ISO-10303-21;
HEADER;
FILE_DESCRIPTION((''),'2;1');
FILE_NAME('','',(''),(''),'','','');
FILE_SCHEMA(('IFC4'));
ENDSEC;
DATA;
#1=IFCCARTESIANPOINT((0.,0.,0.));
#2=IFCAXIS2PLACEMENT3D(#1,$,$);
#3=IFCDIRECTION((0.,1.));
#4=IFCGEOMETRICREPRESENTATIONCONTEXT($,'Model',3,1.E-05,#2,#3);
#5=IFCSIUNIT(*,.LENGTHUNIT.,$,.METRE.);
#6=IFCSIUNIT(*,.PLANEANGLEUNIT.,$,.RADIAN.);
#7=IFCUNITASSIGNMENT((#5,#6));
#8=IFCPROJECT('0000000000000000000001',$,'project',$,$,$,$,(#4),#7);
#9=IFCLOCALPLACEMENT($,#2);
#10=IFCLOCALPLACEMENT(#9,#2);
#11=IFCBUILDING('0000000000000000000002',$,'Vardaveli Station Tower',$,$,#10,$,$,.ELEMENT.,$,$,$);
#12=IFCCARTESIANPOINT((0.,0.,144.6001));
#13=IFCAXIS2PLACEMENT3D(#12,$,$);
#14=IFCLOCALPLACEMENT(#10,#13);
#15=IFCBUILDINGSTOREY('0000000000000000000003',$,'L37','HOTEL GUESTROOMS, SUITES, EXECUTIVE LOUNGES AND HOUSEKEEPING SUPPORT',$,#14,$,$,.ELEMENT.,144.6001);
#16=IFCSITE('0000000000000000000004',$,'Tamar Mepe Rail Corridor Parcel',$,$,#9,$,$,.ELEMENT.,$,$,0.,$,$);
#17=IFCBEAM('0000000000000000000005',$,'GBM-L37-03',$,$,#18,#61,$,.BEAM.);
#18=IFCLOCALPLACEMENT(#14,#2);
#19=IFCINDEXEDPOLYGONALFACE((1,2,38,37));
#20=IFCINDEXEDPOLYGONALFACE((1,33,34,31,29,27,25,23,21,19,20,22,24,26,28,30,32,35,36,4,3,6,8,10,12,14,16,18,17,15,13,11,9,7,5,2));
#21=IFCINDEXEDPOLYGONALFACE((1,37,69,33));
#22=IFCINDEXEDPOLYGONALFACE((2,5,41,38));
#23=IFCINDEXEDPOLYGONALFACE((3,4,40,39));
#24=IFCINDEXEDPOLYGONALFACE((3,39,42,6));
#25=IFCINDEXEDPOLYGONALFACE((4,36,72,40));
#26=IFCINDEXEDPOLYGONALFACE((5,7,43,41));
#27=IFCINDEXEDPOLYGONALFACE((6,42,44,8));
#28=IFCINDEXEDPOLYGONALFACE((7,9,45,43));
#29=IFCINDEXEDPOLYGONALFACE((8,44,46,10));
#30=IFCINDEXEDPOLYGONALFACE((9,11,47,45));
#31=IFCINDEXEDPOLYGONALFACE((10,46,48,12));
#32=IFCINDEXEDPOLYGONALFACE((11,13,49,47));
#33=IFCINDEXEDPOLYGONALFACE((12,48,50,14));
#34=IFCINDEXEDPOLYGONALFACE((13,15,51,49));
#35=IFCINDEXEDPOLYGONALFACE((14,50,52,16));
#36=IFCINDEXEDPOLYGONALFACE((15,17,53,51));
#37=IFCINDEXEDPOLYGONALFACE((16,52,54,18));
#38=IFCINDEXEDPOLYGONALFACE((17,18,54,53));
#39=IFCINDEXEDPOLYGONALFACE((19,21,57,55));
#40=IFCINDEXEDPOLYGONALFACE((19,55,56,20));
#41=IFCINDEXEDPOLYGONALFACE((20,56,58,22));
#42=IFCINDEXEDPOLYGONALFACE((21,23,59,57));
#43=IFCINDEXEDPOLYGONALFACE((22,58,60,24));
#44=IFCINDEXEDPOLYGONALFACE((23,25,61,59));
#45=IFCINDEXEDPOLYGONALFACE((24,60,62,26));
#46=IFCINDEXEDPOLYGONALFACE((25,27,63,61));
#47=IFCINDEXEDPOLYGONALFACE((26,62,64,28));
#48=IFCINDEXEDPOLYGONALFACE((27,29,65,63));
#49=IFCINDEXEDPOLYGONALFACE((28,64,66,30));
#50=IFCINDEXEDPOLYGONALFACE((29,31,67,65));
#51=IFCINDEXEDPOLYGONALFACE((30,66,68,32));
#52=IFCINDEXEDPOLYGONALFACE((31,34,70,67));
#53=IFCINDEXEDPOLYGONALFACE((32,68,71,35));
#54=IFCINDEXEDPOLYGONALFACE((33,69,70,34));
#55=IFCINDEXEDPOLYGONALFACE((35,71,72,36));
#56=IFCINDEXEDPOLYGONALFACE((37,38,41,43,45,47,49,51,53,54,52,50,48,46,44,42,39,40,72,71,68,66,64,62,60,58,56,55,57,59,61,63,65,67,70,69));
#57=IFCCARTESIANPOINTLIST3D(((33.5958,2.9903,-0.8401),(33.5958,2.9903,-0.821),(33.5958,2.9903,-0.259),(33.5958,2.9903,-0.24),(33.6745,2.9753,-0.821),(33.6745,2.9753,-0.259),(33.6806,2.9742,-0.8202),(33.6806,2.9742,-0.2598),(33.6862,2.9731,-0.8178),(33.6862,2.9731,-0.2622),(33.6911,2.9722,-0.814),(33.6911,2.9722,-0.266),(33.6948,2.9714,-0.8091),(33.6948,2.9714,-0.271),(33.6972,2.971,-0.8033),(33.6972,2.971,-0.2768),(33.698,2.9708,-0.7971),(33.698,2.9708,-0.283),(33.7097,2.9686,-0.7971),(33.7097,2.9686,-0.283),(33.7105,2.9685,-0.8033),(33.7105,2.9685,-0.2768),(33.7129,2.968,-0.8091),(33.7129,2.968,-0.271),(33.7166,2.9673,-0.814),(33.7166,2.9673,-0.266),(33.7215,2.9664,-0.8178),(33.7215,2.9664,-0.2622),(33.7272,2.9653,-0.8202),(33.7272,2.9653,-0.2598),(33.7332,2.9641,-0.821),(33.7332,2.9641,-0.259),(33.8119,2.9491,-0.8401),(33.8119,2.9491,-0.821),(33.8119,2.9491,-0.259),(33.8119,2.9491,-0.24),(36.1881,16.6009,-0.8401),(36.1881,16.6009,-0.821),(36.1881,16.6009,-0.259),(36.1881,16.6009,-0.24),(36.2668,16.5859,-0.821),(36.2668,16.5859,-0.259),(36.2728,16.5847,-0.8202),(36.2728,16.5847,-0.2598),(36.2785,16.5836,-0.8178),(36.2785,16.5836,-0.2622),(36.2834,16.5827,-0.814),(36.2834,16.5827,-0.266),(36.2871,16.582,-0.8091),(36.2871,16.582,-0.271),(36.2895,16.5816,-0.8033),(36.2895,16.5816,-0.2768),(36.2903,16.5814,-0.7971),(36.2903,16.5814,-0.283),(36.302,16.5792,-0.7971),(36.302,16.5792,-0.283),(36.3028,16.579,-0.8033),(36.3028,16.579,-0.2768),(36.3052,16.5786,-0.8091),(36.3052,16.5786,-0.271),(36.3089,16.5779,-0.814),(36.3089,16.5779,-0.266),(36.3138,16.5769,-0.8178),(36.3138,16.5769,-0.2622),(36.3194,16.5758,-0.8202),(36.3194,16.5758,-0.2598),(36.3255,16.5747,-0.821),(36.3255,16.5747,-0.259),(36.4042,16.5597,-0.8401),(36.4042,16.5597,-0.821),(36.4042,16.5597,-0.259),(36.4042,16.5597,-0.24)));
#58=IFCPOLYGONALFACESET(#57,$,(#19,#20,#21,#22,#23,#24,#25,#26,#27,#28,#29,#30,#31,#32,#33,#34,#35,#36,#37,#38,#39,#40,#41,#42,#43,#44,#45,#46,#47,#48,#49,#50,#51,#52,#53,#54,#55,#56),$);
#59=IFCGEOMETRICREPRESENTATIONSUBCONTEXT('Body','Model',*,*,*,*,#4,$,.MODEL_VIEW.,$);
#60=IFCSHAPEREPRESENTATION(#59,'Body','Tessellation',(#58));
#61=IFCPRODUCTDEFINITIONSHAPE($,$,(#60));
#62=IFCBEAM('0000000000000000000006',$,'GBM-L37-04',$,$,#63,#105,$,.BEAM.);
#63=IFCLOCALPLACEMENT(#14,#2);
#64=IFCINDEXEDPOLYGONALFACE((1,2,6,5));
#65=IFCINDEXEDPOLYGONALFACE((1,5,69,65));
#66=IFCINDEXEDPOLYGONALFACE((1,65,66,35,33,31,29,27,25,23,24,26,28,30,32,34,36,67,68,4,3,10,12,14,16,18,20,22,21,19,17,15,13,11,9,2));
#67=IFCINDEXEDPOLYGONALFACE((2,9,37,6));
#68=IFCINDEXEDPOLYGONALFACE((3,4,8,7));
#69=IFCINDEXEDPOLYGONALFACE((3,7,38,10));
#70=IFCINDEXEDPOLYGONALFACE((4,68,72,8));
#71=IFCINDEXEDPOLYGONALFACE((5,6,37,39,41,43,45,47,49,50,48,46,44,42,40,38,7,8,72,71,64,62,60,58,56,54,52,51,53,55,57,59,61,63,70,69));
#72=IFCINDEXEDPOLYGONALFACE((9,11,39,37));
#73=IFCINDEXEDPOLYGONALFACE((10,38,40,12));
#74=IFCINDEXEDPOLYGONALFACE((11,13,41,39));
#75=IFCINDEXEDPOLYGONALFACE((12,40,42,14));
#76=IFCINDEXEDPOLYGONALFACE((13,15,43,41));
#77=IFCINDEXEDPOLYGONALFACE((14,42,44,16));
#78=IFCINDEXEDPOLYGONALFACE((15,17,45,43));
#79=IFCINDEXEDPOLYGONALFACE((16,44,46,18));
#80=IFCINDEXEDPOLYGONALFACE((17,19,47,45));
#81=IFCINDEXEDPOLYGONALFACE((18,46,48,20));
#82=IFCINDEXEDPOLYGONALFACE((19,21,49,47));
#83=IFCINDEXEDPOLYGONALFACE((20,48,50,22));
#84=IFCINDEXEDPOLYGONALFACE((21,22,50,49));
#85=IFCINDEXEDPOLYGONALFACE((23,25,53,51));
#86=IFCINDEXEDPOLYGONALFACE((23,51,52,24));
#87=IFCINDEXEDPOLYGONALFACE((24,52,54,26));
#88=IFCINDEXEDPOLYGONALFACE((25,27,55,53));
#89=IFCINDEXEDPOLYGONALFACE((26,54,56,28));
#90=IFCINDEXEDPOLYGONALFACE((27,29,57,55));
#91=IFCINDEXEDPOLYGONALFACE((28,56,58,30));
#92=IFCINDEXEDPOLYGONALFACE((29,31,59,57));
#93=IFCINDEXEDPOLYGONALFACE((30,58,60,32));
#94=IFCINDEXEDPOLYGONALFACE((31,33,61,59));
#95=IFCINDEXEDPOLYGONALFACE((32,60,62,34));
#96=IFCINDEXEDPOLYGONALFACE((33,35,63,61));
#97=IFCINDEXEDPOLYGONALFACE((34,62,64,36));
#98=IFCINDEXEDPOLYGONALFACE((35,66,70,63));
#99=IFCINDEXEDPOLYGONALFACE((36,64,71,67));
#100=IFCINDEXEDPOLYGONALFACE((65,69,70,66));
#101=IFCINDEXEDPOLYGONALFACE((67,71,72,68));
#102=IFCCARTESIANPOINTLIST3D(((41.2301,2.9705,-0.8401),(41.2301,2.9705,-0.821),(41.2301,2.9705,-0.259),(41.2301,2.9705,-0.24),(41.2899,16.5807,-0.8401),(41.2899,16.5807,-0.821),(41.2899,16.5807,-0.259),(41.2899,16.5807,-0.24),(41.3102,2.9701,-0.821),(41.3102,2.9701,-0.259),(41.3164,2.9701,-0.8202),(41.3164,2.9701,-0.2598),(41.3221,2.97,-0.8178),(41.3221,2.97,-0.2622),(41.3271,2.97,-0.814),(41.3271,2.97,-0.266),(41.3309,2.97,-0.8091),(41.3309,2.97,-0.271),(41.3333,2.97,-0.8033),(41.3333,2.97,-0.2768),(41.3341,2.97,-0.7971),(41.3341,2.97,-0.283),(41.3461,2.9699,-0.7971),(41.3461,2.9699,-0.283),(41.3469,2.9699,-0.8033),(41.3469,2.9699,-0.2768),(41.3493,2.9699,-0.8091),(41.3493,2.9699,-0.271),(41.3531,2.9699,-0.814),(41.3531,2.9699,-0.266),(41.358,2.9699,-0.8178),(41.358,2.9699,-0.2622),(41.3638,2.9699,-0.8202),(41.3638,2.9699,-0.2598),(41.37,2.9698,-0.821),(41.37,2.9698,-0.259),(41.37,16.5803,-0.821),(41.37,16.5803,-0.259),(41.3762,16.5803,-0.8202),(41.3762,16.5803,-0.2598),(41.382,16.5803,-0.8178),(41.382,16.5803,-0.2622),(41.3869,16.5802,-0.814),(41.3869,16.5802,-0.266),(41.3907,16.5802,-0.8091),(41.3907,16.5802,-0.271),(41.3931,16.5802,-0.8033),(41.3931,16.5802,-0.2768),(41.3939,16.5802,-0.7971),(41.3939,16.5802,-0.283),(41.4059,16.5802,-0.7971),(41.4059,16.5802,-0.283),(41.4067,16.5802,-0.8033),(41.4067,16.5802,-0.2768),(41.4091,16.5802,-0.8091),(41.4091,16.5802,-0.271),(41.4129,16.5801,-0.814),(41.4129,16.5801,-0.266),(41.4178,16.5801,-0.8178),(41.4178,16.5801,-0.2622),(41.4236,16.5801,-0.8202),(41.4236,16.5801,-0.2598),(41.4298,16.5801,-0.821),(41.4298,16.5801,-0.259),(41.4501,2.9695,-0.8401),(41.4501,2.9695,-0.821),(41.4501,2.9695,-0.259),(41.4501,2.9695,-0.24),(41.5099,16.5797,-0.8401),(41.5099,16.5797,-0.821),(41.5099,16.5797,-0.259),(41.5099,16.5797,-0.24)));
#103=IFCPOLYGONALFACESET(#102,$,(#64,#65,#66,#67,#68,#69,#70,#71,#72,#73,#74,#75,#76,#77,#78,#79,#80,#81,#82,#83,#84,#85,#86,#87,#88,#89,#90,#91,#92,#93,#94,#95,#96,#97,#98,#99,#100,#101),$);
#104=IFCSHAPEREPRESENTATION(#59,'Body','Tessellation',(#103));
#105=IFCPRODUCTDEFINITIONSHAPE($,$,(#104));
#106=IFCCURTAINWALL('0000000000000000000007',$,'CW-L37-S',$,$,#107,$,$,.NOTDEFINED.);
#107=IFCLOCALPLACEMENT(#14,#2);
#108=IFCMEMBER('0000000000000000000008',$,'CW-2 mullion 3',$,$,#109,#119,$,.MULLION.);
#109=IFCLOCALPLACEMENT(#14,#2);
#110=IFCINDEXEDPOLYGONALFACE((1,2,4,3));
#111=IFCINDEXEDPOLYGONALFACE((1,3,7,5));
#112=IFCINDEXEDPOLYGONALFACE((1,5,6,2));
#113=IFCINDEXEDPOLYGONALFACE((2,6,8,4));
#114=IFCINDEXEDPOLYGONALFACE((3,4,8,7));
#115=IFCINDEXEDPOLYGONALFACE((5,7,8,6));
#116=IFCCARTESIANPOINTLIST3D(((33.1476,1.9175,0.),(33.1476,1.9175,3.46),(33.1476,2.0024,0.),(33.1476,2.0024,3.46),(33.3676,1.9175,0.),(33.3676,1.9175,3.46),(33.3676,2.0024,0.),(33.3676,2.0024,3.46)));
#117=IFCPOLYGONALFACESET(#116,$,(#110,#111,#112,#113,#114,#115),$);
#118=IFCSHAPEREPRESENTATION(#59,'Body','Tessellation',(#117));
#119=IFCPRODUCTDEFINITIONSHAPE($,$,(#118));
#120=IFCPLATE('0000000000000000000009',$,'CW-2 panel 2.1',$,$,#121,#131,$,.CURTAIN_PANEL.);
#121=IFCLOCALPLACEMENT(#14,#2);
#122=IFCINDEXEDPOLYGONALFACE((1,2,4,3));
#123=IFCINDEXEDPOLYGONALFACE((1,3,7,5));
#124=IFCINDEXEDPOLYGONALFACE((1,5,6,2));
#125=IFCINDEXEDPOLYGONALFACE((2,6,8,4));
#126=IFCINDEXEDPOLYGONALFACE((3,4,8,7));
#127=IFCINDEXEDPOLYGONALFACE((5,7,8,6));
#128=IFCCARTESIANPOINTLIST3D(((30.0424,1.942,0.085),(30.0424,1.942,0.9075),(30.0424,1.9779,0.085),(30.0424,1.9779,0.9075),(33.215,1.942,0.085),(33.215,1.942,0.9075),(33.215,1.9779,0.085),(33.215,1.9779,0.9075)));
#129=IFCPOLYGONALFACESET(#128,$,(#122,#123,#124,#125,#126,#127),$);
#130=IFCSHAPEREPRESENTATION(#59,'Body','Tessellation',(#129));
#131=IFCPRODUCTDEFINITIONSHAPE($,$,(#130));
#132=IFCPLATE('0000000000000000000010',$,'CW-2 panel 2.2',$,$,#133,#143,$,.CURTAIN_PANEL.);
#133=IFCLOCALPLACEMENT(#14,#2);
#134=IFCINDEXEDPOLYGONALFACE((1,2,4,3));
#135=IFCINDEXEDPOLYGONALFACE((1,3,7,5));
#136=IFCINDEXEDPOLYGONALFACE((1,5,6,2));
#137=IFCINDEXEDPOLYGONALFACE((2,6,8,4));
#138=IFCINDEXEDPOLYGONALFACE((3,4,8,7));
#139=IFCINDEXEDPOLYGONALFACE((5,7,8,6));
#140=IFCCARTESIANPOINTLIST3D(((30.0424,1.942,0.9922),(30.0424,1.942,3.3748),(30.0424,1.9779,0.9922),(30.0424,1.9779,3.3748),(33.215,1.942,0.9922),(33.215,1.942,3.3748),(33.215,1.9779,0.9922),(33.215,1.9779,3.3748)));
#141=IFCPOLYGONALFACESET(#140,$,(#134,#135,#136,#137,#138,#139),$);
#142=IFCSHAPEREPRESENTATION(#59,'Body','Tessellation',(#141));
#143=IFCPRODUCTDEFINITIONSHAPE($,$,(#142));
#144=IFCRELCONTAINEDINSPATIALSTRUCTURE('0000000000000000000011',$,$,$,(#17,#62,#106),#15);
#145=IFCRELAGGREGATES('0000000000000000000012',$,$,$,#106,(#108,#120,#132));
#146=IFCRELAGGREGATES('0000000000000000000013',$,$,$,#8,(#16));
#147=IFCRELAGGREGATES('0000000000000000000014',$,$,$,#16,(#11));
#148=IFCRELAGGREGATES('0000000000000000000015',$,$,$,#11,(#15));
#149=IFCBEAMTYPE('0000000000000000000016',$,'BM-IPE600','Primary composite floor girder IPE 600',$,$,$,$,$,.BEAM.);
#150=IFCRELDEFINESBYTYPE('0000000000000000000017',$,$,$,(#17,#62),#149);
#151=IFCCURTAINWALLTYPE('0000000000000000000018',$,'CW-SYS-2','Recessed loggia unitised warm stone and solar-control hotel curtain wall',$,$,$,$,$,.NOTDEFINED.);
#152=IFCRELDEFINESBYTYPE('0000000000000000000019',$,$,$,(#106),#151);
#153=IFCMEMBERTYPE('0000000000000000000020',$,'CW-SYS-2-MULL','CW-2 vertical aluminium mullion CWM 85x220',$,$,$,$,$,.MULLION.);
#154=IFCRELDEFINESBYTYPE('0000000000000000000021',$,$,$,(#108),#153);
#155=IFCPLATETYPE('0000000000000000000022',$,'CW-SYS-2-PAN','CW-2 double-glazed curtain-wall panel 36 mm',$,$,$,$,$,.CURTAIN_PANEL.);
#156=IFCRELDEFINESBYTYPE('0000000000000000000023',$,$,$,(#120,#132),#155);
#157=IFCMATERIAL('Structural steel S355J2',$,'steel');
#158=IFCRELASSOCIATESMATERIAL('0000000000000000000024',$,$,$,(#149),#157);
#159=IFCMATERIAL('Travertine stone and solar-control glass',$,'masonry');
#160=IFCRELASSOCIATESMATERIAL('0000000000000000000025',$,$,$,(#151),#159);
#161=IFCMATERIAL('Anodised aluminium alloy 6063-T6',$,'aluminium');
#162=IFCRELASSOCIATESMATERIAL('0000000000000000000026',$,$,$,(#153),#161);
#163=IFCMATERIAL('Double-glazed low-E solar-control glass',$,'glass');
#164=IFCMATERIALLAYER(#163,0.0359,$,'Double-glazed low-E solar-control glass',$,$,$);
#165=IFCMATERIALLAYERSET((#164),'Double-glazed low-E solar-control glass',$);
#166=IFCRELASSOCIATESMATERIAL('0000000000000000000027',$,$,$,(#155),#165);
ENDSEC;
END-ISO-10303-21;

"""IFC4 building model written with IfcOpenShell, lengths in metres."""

from ifc_helpers import new_model, si_unit, direction, frame, origin, origin_2d, place, context, subcontext, project, spatial, rectangle, i_section, extrude, source, transform, mapped, material, layer, layer_set, material_profile, profile_set, type_object, element, aggregate, save


model = new_model("IFC4")

# Units and contexts
model_context = context("Model", 3, precision=1e-05, world=origin(), true_north=direction((0.0, 1.0)))
body_context = subcontext(model_context, "Body", "Model", "MODEL_VIEW")
ifc_project = project(units=[si_unit("LENGTHUNIT", "METRE"), si_unit("PLANEANGLEUNIT", "RADIAN")], contexts=[model_context])

# Site, building, storey
site_placement = place(None, origin())
site = spatial("IfcSite", under=ifc_project, at=site_placement, Name="Tamar Mepe Rail Corridor Parcel", CompositionType="ELEMENT", RefElevation=0.0)
building_placement = place(site_placement, origin())
building = spatial("IfcBuilding", under=site, at=building_placement, Name="Vardaveli Station Tower", CompositionType="ELEMENT")
storey_placement = place(building_placement, frame((0.0, 0.0, 144.6001)))
storey = spatial("IfcBuildingStorey", under=building, at=storey_placement, Name="L37", Description="HOTEL GUESTROOMS, SUITES, EXECUTIVE LOUNGES AND HOUSEKEEPING SUPPORT", CompositionType="ELEMENT", Elevation=144.6001)

# Beams
ifc_material_1 = material(Name="Structural steel S355J2", Category="steel")
ifc_material_profile_1 = material_profile(ifc_material_1, i_section(OverallWidth=0.22, OverallDepth=0.6001, WebThickness=0.012, FlangeThickness=0.019, FilletRadius=0.0239, at=origin_2d()), Name="IPE 600")
ifc_profile_set_1 = profile_set([ifc_material_profile_1], Name="Structural steel S355J2")
beam_type_1 = type_object("IfcBeamType", Name="BM-IPE600", Description="Primary composite floor girder IPE 600", PredefinedType="BEAM", material=ifc_profile_set_1)
shared_shape_1 = source(origin(), body_context, "Body", "SweptSolid", [
    extrude(i_section(OverallWidth=0.22, OverallDepth=0.6001, WebThickness=0.012, FlangeThickness=0.019, FilletRadius=0.0239, at=origin_2d()), origin(), (0.0, 0.0, 1.0), 13.8552),
])
beam_1_placement = place(storey_placement, frame((33.7039, 2.9697, -0.54), z_axis=(0.187098, 0.982341, 0.0), x_axis=(-0.982341, 0.187098, 0.0)))
element("IfcBeam", 1, at=beam_1_placement, inside=storey, type_object=beam_type_1, Name="GBM-L37-03", PredefinedType="BEAM", context=body_context, shape_type="MappedRepresentation", body=[
    mapped(shared_shape_1, transform((0.0, 0.0, 0.0), scale=1.0)),
])
shared_shape_2 = source(origin(), body_context, "Body", "SweptSolid", [
    extrude(i_section(OverallWidth=0.22, OverallDepth=0.6001, WebThickness=0.012, FlangeThickness=0.019, FilletRadius=0.0239, at=origin_2d()), origin(), (0.0, 0.0, 1.0), 13.6104),
])
beam_2_placement = place(storey_placement, frame((41.3401, 2.97, -0.54), z_axis=(0.004395, 0.99999, 0.0), x_axis=(-0.99999, 0.004395, 0.0)))
element("IfcBeam", 2, at=beam_2_placement, inside=storey, type_object=beam_type_1, Name="GBM-L37-04", PredefinedType="BEAM", context=body_context, shape_type="MappedRepresentation", body=[
    mapped(shared_shape_2, transform((0.0, 0.0, 0.0), scale=1.0)),
])

# Curtain wall, member, plates
ifc_material_2 = material(Name="Travertine stone and solar-control glass", Category="masonry")
curtain_wall_type = type_object("IfcCurtainWallType", Name="CW-SYS-2", Description="Recessed loggia unitised warm stone and solar-control hotel curtain wall", PredefinedType="NOTDEFINED", material=ifc_material_2)
curtain_wall_placement = place(storey_placement, origin())
curtain_wall = element("IfcCurtainWall", 3, at=curtain_wall_placement, inside=storey, type_object=curtain_wall_type, Name="CW-L37-S", PredefinedType="NOTDEFINED")
ifc_material_3 = material(Name="Anodised aluminium alloy 6063-T6", Category="aluminium")
ifc_material_profile_2 = material_profile(ifc_material_3, rectangle(XDim=0.085, YDim=0.22, at=origin_2d()), Name="CWM 85x220")
ifc_profile_set_2 = profile_set([ifc_material_profile_2], Name="Anodised aluminium alloy 6063-T6")
member_type = type_object("IfcMemberType", Name="CW-SYS-2-MULL", Description="CW-2 vertical aluminium mullion CWM 85x220", PredefinedType="MULLION", material=ifc_profile_set_2)
shared_shape_3 = source(origin(), body_context, "Body", "SweptSolid", [
    extrude(rectangle(XDim=0.085, YDim=0.22, at=origin_2d()), origin(), (0.0, 0.0, 1.0), 3.46),
])
member_placement = place(storey_placement, frame((33.2576, 1.96, 0.0), z_axis=(0.0, 0.0, 1.0), x_axis=(0.0, 1.0, 0.0)))
member = element("IfcMember", 4, at=member_placement, type_object=member_type, Name="CW-2 mullion 3", PredefinedType="MULLION", context=body_context, shape_type="MappedRepresentation", body=[
    mapped(shared_shape_3, transform((0.0, 0.0, 0.0), scale=1.0)),
])
ifc_material_4 = material(Name="Double-glazed low-E solar-control glass", Category="glass")
ifc_layer_1 = layer(ifc_material_4, 0.0359, Name="Double-glazed low-E solar-control glass")
ifc_layer_set_1 = layer_set([ifc_layer_1], Name="Double-glazed low-E solar-control glass")
plate_type = type_object("IfcPlateType", Name="CW-SYS-2-PAN", Description="CW-2 double-glazed curtain-wall panel 36 mm", PredefinedType="CURTAIN_PANEL", material=ifc_layer_set_1)
shared_shape_4 = source(origin(), body_context, "Body", "SweptSolid", [
    extrude(rectangle(XDim=3.1726, YDim=0.0359, at=origin_2d()), origin(), (0.0, 0.0, 1.0), 0.8225),
])
plate_1_placement = place(storey_placement, frame((31.6287, 1.96, 0.085), z_axis=(0.0, 0.0, 1.0), x_axis=(1.0, 0.0, 0.0)))
plate_1 = element("IfcPlate", 5, at=plate_1_placement, type_object=plate_type, Name="CW-2 panel 2.1", PredefinedType="CURTAIN_PANEL", context=body_context, shape_type="MappedRepresentation", body=[
    mapped(shared_shape_4, transform((0.0, 0.0, 0.0), scale=1.0)),
])
shared_shape_5 = source(origin(), body_context, "Body", "SweptSolid", [
    extrude(rectangle(XDim=3.1726, YDim=0.0359, at=origin_2d()), origin(), (0.0, 0.0, 1.0), 2.3826),
])
plate_2_placement = place(storey_placement, frame((31.6287, 1.96, 0.9922), z_axis=(0.0, 0.0, 1.0), x_axis=(1.0, 0.0, 0.0)))
plate_2 = element("IfcPlate", 6, at=plate_2_placement, type_object=plate_type, Name="CW-2 panel 2.2", PredefinedType="CURTAIN_PANEL", context=body_context, shape_type="MappedRepresentation", body=[
    mapped(shared_shape_5, transform((0.0, 0.0, 0.0), scale=1.0)),
])
aggregate(curtain_wall, [member, plate_1, plate_2])

save(model, "model.ifc")
